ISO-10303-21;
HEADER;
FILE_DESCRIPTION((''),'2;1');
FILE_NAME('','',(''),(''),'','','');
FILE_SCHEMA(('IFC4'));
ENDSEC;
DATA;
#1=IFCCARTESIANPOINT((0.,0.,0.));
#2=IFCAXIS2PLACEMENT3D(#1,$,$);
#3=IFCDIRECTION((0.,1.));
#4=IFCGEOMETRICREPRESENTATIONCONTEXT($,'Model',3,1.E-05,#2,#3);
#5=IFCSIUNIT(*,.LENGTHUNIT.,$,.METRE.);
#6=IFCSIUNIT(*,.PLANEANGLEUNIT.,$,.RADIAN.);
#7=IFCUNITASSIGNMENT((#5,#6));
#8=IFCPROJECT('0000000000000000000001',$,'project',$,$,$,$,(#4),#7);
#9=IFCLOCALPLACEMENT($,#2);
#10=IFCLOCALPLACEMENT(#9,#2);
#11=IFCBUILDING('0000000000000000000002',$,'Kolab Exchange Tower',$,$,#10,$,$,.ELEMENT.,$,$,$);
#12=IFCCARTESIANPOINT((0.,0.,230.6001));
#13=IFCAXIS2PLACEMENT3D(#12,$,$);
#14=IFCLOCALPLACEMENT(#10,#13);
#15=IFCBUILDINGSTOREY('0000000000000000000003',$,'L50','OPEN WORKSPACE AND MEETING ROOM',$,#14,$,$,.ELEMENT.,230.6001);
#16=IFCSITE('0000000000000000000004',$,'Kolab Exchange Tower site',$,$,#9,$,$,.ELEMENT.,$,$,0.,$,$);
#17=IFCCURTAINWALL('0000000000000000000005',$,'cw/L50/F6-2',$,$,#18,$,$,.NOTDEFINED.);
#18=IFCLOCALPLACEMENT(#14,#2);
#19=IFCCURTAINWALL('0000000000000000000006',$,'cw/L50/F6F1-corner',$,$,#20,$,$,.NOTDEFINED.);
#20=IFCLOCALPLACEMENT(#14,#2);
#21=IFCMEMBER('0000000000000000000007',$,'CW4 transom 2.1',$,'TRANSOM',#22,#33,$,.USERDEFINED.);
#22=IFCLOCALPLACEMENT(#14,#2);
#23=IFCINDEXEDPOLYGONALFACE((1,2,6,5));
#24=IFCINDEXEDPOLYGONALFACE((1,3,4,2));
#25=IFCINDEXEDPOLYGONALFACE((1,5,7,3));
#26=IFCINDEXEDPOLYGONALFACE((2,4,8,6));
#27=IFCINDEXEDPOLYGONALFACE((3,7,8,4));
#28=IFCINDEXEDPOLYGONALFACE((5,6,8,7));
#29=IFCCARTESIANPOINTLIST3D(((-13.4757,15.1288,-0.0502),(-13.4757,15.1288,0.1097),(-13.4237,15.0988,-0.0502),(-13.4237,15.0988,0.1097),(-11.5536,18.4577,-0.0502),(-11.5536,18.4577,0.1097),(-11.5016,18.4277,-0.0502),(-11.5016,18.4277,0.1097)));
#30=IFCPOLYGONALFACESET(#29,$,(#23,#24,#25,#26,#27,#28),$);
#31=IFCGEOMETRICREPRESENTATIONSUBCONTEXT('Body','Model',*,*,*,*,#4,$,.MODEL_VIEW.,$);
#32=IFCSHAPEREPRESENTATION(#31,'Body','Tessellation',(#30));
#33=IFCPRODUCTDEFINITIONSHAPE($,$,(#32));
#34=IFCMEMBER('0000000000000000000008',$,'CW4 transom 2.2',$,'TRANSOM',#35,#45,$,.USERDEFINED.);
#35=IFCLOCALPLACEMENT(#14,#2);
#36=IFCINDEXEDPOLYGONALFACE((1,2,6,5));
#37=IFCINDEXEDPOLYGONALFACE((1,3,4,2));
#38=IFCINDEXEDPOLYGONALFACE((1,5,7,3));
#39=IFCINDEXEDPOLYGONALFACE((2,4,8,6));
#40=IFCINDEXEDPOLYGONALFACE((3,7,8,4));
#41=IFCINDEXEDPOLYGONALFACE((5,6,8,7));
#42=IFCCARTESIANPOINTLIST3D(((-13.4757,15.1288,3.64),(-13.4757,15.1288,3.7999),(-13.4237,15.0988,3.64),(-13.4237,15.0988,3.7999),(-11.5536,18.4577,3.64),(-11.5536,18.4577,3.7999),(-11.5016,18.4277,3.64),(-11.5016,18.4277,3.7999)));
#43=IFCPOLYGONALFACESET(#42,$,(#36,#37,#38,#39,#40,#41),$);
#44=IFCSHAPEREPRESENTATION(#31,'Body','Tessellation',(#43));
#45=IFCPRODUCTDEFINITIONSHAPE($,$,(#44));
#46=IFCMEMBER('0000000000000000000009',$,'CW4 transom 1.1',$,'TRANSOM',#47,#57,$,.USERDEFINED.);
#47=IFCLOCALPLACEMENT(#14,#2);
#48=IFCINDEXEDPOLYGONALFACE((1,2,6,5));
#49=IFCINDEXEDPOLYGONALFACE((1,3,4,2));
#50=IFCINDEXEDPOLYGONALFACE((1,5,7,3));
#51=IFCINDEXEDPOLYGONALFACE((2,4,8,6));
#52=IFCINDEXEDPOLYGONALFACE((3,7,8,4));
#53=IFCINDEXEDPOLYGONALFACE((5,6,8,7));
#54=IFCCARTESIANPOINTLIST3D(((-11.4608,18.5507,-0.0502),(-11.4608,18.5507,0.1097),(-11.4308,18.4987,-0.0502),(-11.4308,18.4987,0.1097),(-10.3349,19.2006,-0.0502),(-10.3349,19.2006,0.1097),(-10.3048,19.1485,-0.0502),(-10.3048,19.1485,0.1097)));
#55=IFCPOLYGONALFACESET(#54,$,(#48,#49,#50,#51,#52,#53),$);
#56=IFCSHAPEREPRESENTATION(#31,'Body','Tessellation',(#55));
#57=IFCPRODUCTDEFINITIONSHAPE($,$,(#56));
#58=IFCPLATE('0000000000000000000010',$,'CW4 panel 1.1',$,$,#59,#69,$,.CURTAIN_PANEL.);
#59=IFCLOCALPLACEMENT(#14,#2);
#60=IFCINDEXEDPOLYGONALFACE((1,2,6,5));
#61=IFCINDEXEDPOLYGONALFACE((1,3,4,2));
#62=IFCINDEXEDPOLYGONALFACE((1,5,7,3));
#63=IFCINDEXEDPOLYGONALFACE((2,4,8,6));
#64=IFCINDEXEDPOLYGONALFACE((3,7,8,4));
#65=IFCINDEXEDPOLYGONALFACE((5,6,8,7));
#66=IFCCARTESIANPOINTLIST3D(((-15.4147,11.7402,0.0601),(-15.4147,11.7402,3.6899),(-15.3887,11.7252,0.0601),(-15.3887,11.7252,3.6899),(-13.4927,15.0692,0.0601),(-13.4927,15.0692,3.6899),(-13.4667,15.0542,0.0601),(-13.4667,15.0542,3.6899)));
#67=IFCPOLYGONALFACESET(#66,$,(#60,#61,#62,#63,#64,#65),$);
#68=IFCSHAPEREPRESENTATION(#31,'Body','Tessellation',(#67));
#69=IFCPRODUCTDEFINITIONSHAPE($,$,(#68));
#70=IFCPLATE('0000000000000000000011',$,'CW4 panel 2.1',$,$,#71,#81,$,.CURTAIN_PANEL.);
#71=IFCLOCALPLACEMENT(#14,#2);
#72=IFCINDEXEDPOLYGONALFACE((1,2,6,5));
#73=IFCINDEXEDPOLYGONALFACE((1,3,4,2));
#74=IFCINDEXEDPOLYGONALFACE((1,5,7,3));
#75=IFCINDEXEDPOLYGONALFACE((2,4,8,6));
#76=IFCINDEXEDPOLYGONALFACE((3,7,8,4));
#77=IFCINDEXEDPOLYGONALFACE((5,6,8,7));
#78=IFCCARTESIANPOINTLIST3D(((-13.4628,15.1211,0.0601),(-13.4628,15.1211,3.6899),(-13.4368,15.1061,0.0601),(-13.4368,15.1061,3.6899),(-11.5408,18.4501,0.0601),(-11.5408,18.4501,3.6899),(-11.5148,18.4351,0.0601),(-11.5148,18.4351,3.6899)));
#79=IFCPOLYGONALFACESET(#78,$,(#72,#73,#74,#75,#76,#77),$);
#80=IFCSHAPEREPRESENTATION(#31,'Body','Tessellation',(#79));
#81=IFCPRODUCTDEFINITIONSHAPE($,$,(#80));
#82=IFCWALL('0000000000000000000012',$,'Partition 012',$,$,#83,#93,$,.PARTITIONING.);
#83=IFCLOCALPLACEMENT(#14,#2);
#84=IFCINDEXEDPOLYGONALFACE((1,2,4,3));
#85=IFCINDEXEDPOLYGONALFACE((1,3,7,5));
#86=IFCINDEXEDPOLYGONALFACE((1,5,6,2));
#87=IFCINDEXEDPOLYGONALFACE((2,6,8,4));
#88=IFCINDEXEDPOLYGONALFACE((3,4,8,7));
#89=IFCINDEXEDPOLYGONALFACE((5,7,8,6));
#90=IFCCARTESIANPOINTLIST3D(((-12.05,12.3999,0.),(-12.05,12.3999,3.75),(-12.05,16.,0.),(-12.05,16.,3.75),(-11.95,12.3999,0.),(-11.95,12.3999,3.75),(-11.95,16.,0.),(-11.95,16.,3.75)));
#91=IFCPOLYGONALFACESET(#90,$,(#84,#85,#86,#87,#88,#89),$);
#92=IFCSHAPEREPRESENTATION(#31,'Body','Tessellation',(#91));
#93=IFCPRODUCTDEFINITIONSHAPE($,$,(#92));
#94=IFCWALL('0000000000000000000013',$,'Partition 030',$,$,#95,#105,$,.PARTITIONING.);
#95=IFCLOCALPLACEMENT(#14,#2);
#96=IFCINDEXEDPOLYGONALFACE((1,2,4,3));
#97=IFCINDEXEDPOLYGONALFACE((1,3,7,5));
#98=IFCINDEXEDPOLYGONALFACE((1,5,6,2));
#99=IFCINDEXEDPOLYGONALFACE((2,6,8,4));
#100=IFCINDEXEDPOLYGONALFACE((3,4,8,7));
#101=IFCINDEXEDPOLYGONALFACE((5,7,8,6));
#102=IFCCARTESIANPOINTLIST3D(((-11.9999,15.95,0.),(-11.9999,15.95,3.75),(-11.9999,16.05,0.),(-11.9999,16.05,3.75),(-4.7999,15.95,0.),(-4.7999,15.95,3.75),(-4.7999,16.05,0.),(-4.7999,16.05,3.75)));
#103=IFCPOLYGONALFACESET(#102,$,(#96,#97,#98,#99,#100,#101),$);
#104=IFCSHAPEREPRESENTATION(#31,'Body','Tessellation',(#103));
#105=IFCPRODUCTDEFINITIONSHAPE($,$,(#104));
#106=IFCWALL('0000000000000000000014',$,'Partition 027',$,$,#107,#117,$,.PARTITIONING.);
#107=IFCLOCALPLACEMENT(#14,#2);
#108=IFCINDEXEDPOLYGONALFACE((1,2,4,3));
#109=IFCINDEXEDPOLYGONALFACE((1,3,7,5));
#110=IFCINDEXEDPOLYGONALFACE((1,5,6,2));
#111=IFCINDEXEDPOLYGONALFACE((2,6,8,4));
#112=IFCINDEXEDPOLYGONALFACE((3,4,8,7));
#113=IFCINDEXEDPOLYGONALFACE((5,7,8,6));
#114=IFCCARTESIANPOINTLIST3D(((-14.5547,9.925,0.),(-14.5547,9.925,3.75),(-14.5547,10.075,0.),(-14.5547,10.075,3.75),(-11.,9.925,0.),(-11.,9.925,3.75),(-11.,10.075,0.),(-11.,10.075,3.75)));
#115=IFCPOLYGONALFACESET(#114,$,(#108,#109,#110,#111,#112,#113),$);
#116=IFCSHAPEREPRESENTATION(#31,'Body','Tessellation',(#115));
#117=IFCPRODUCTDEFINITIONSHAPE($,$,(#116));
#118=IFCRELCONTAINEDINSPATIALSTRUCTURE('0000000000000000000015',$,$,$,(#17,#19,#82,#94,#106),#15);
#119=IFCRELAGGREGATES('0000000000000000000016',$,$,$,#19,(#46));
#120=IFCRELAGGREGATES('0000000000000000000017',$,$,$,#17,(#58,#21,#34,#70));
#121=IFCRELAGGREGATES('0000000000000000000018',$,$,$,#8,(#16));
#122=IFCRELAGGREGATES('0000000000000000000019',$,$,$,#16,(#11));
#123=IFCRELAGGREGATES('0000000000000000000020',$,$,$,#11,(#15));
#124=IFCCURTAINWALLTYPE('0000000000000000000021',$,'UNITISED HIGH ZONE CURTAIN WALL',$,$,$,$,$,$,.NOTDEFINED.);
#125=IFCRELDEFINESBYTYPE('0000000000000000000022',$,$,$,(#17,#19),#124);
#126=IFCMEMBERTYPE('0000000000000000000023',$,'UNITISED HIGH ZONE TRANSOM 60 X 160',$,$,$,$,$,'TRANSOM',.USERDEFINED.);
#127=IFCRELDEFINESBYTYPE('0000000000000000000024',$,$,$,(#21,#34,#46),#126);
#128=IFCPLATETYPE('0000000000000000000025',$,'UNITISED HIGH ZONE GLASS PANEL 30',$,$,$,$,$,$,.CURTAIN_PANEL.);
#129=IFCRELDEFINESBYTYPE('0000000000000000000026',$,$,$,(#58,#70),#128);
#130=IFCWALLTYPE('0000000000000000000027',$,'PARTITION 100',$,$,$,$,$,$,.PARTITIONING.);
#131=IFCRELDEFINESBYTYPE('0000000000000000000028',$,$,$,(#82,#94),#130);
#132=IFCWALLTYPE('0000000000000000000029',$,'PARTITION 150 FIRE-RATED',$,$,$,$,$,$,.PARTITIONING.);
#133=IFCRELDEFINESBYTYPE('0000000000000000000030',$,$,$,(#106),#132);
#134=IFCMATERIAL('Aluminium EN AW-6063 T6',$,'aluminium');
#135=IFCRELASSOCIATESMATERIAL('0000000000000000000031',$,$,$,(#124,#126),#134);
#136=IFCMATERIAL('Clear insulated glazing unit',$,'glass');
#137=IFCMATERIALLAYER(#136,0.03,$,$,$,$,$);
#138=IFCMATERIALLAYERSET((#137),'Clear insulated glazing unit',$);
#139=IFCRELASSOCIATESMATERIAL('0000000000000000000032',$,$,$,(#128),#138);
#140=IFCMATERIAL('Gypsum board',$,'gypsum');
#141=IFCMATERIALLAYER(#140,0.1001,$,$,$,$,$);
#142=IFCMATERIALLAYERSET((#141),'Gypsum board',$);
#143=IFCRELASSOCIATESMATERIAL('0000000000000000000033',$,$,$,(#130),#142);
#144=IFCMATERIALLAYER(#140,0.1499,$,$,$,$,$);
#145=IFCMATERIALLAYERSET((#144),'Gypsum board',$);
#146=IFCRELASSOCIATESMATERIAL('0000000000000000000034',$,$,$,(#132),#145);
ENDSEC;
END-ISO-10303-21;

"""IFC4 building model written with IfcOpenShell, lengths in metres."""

from ifc_helpers import new_model, si_unit, direction, frame, frame_2d, origin, origin_2d, place, context, subcontext, project, spatial, rectangle, extrude, material, layer, layer_set, material_profile, profile_set, type_object, element, aggregate, save


model = new_model("IFC4")

# Units and contexts
model_context = context("Model", 3, precision=1e-05, world=origin(), true_north=direction((0.0, 1.0)))
body_context = subcontext(model_context, "Body", "Model", "MODEL_VIEW")
ifc_project = project(units=[si_unit("LENGTHUNIT", "METRE"), si_unit("PLANEANGLEUNIT", "RADIAN")], contexts=[model_context])

# Site, building, storey
site_placement = place(None, origin())
site = spatial("IfcSite", under=ifc_project, at=site_placement, Name="Kolab Exchange Tower site", CompositionType="ELEMENT", RefElevation=0.0)
building_placement = place(site_placement, origin())
building = spatial("IfcBuilding", under=site, at=building_placement, Name="Kolab Exchange Tower", CompositionType="ELEMENT")
storey_placement = place(building_placement, frame((0.0, 0.0, 230.6001)))
storey = spatial("IfcBuildingStorey", under=building, at=storey_placement, Name="L50", Description="OPEN WORKSPACE AND MEETING ROOM", CompositionType="ELEMENT", Elevation=230.6001)

# Curtain wall
ifc_material_1 = material(Name="Aluminium EN AW-6063 T6", Category="aluminium")
curtain_wall_type = type_object("IfcCurtainWallType", Name="UNITISED HIGH ZONE CURTAIN WALL", PredefinedType="NOTDEFINED", material=ifc_material_1)
curtain_wall_1_placement = place(storey_placement, origin())
curtain_wall_1 = element("IfcCurtainWall", 1, at=curtain_wall_1_placement, inside=storey, type_object=curtain_wall_type, Name="cw/L50/F6-2", PredefinedType="NOTDEFINED")

# Curtain wall
curtain_wall_2_placement = place(storey_placement, origin())
curtain_wall_2 = element("IfcCurtainWall", 2, at=curtain_wall_2_placement, inside=storey, type_object=curtain_wall_type, Name="cw/L50/F6F1-corner", PredefinedType="NOTDEFINED")

# Members
ifc_material_profile_1 = material_profile(ifc_material_1, rectangle(XDim=0.0601, YDim=0.1599, at=origin_2d()), Name="RECT 60X160")
ifc_profile_set_1 = profile_set([ifc_material_profile_1], Name="Aluminium EN AW-6063 T6")
member_type_1 = type_object("IfcMemberType", Name="UNITISED HIGH ZONE TRANSOM 60 X 160", ElementType="TRANSOM", PredefinedType="USERDEFINED", material=ifc_profile_set_1)
member_1_placement = place(storey_placement, frame((-13.4497, 15.1138, 0.0298), z_axis=(0.500039, 0.866003, 0.0), x_axis=(-0.866003, 0.500039, 0.0)))
member_1 = element("IfcMember", 3, at=member_1_placement, type_object=member_type_1, Name="CW4 transom 2.1", ObjectType="TRANSOM", PredefinedType="USERDEFINED", context=body_context, shape_type="SweptSolid", body=[
    extrude(rectangle(XDim=0.0601, YDim=0.1599, at=origin_2d()), origin(), (0.0, 0.0, 1.0), 3.844),
])
member_2_placement = place(storey_placement, frame((-13.4497, 15.1138, 3.72), z_axis=(0.500039, 0.866003, 0.0), x_axis=(-0.866003, 0.500039, 0.0)))
member_2 = element("IfcMember", 4, at=member_2_placement, type_object=member_type_1, Name="CW4 transom 2.2", ObjectType="TRANSOM", PredefinedType="USERDEFINED", context=body_context, shape_type="SweptSolid", body=[
    extrude(rectangle(XDim=0.0601, YDim=0.1599, at=origin_2d()), origin(), (0.0, 0.0, 1.0), 3.844),
])
member_3_placement = place(storey_placement, frame((-11.4458, 18.5247, 0.0298), z_axis=(0.866086, 0.499896, 0.0), x_axis=(-0.499896, 0.866086, 0.0)))
member_3 = element("IfcMember", 5, at=member_3_placement, type_object=member_type_1, Name="CW4 transom 1.1", ObjectType="TRANSOM", PredefinedType="USERDEFINED", context=body_context, shape_type="SweptSolid", body=[
    extrude(rectangle(XDim=0.0601, YDim=0.1599, at=origin_2d()), origin(), (0.0, 0.0, 1.0), 1.3),
])
aggregate(curtain_wall_2, [member_3])

# Plates
ifc_material_2 = material(Name="Clear insulated glazing unit", Category="glass")
ifc_layer_1 = layer(ifc_material_2, 0.03)
ifc_layer_set_1 = layer_set([ifc_layer_1], Name="Clear insulated glazing unit")
plate_type = type_object("IfcPlateType", Name="UNITISED HIGH ZONE GLASS PANEL 30", PredefinedType="CURTAIN_PANEL", material=ifc_layer_set_1)
plate_1_placement = place(storey_placement, frame((-14.4407, 13.3972, 0.0601), z_axis=(0.0, 0.0, 1.0), x_axis=(0.5, 0.866025, 0.0)))
plate_1 = element("IfcPlate", 6, at=plate_1_placement, type_object=plate_type, Name="CW4 panel 1.1", PredefinedType="CURTAIN_PANEL", context=body_context, shape_type="SweptSolid", body=[
    extrude(rectangle(XDim=3.844, YDim=0.03, at=origin_2d()), origin(), (0.0, 0.0, 1.0), 3.6299),
])
plate_2_placement = place(storey_placement, frame((-12.4888, 16.7781, 0.0601), z_axis=(0.0, 0.0, 1.0), x_axis=(0.5, 0.866025, 0.0)))
plate_2 = element("IfcPlate", 7, at=plate_2_placement, type_object=plate_type, Name="CW4 panel 2.1", PredefinedType="CURTAIN_PANEL", context=body_context, shape_type="SweptSolid", body=[
    extrude(rectangle(XDim=3.844, YDim=0.03, at=origin_2d()), origin(), (0.0, 0.0, 1.0), 3.6299),
])
aggregate(curtain_wall_1, [plate_1, member_1, member_2, plate_2])

# Walls
ifc_material_3 = material(Name="Gypsum board", Category="gypsum")
ifc_layer_2 = layer(ifc_material_3, 0.1001)
ifc_layer_set_2 = layer_set([ifc_layer_2], Name="Gypsum board")
wall_type_1 = type_object("IfcWallType", Name="PARTITION 100", PredefinedType="PARTITIONING", material=ifc_layer_set_2)
wall_1_placement = place(storey_placement, frame((-12.0, 12.3999, 0.0), z_axis=(0.0, 0.0, 1.0), x_axis=(0.0, 1.0, 0.0)))
element("IfcWall", 8, at=wall_1_placement, inside=storey, type_object=wall_type_1, Name="Partition 012", PredefinedType="PARTITIONING", context=body_context, shape_type="SweptSolid", body=[
    extrude(rectangle(XDim=3.6001, YDim=0.1001, at=frame_2d((1.8, 0.0))), origin(), (0.0, 0.0, 1.0), 3.75),
])
wall_2_placement = place(storey_placement, frame((-12.0, 16.0, 0.0), z_axis=(0.0, 0.0, 1.0), x_axis=(1.0, 0.0, 0.0)))
element("IfcWall", 9, at=wall_2_placement, inside=storey, type_object=wall_type_1, Name="Partition 030", PredefinedType="PARTITIONING", context=body_context, shape_type="SweptSolid", body=[
    extrude(rectangle(XDim=7.2, YDim=0.1001, at=frame_2d((3.6001, 0.0))), origin(), (0.0, 0.0, 1.0), 3.75),
])
ifc_layer_3 = layer(ifc_material_3, 0.1499)
ifc_layer_set_3 = layer_set([ifc_layer_3], Name="Gypsum board")
wall_type_2 = type_object("IfcWallType", Name="PARTITION 150 FIRE-RATED", PredefinedType="PARTITIONING", material=ifc_layer_set_3)
wall_3_placement = place(storey_placement, frame((-14.5547, 10.0, 0.0), z_axis=(0.0, 0.0, 1.0), x_axis=(1.0, 0.0, 0.0)))
element("IfcWall", 10, at=wall_3_placement, inside=storey, type_object=wall_type_2, Name="Partition 027", PredefinedType="PARTITIONING", context=body_context, shape_type="SweptSolid", body=[
    extrude(rectangle(XDim=3.5547, YDim=0.1499, at=frame_2d((1.7773, 0.0))), origin(), (0.0, 0.0, 1.0), 3.75),
])

save(model, "model.ifc")
